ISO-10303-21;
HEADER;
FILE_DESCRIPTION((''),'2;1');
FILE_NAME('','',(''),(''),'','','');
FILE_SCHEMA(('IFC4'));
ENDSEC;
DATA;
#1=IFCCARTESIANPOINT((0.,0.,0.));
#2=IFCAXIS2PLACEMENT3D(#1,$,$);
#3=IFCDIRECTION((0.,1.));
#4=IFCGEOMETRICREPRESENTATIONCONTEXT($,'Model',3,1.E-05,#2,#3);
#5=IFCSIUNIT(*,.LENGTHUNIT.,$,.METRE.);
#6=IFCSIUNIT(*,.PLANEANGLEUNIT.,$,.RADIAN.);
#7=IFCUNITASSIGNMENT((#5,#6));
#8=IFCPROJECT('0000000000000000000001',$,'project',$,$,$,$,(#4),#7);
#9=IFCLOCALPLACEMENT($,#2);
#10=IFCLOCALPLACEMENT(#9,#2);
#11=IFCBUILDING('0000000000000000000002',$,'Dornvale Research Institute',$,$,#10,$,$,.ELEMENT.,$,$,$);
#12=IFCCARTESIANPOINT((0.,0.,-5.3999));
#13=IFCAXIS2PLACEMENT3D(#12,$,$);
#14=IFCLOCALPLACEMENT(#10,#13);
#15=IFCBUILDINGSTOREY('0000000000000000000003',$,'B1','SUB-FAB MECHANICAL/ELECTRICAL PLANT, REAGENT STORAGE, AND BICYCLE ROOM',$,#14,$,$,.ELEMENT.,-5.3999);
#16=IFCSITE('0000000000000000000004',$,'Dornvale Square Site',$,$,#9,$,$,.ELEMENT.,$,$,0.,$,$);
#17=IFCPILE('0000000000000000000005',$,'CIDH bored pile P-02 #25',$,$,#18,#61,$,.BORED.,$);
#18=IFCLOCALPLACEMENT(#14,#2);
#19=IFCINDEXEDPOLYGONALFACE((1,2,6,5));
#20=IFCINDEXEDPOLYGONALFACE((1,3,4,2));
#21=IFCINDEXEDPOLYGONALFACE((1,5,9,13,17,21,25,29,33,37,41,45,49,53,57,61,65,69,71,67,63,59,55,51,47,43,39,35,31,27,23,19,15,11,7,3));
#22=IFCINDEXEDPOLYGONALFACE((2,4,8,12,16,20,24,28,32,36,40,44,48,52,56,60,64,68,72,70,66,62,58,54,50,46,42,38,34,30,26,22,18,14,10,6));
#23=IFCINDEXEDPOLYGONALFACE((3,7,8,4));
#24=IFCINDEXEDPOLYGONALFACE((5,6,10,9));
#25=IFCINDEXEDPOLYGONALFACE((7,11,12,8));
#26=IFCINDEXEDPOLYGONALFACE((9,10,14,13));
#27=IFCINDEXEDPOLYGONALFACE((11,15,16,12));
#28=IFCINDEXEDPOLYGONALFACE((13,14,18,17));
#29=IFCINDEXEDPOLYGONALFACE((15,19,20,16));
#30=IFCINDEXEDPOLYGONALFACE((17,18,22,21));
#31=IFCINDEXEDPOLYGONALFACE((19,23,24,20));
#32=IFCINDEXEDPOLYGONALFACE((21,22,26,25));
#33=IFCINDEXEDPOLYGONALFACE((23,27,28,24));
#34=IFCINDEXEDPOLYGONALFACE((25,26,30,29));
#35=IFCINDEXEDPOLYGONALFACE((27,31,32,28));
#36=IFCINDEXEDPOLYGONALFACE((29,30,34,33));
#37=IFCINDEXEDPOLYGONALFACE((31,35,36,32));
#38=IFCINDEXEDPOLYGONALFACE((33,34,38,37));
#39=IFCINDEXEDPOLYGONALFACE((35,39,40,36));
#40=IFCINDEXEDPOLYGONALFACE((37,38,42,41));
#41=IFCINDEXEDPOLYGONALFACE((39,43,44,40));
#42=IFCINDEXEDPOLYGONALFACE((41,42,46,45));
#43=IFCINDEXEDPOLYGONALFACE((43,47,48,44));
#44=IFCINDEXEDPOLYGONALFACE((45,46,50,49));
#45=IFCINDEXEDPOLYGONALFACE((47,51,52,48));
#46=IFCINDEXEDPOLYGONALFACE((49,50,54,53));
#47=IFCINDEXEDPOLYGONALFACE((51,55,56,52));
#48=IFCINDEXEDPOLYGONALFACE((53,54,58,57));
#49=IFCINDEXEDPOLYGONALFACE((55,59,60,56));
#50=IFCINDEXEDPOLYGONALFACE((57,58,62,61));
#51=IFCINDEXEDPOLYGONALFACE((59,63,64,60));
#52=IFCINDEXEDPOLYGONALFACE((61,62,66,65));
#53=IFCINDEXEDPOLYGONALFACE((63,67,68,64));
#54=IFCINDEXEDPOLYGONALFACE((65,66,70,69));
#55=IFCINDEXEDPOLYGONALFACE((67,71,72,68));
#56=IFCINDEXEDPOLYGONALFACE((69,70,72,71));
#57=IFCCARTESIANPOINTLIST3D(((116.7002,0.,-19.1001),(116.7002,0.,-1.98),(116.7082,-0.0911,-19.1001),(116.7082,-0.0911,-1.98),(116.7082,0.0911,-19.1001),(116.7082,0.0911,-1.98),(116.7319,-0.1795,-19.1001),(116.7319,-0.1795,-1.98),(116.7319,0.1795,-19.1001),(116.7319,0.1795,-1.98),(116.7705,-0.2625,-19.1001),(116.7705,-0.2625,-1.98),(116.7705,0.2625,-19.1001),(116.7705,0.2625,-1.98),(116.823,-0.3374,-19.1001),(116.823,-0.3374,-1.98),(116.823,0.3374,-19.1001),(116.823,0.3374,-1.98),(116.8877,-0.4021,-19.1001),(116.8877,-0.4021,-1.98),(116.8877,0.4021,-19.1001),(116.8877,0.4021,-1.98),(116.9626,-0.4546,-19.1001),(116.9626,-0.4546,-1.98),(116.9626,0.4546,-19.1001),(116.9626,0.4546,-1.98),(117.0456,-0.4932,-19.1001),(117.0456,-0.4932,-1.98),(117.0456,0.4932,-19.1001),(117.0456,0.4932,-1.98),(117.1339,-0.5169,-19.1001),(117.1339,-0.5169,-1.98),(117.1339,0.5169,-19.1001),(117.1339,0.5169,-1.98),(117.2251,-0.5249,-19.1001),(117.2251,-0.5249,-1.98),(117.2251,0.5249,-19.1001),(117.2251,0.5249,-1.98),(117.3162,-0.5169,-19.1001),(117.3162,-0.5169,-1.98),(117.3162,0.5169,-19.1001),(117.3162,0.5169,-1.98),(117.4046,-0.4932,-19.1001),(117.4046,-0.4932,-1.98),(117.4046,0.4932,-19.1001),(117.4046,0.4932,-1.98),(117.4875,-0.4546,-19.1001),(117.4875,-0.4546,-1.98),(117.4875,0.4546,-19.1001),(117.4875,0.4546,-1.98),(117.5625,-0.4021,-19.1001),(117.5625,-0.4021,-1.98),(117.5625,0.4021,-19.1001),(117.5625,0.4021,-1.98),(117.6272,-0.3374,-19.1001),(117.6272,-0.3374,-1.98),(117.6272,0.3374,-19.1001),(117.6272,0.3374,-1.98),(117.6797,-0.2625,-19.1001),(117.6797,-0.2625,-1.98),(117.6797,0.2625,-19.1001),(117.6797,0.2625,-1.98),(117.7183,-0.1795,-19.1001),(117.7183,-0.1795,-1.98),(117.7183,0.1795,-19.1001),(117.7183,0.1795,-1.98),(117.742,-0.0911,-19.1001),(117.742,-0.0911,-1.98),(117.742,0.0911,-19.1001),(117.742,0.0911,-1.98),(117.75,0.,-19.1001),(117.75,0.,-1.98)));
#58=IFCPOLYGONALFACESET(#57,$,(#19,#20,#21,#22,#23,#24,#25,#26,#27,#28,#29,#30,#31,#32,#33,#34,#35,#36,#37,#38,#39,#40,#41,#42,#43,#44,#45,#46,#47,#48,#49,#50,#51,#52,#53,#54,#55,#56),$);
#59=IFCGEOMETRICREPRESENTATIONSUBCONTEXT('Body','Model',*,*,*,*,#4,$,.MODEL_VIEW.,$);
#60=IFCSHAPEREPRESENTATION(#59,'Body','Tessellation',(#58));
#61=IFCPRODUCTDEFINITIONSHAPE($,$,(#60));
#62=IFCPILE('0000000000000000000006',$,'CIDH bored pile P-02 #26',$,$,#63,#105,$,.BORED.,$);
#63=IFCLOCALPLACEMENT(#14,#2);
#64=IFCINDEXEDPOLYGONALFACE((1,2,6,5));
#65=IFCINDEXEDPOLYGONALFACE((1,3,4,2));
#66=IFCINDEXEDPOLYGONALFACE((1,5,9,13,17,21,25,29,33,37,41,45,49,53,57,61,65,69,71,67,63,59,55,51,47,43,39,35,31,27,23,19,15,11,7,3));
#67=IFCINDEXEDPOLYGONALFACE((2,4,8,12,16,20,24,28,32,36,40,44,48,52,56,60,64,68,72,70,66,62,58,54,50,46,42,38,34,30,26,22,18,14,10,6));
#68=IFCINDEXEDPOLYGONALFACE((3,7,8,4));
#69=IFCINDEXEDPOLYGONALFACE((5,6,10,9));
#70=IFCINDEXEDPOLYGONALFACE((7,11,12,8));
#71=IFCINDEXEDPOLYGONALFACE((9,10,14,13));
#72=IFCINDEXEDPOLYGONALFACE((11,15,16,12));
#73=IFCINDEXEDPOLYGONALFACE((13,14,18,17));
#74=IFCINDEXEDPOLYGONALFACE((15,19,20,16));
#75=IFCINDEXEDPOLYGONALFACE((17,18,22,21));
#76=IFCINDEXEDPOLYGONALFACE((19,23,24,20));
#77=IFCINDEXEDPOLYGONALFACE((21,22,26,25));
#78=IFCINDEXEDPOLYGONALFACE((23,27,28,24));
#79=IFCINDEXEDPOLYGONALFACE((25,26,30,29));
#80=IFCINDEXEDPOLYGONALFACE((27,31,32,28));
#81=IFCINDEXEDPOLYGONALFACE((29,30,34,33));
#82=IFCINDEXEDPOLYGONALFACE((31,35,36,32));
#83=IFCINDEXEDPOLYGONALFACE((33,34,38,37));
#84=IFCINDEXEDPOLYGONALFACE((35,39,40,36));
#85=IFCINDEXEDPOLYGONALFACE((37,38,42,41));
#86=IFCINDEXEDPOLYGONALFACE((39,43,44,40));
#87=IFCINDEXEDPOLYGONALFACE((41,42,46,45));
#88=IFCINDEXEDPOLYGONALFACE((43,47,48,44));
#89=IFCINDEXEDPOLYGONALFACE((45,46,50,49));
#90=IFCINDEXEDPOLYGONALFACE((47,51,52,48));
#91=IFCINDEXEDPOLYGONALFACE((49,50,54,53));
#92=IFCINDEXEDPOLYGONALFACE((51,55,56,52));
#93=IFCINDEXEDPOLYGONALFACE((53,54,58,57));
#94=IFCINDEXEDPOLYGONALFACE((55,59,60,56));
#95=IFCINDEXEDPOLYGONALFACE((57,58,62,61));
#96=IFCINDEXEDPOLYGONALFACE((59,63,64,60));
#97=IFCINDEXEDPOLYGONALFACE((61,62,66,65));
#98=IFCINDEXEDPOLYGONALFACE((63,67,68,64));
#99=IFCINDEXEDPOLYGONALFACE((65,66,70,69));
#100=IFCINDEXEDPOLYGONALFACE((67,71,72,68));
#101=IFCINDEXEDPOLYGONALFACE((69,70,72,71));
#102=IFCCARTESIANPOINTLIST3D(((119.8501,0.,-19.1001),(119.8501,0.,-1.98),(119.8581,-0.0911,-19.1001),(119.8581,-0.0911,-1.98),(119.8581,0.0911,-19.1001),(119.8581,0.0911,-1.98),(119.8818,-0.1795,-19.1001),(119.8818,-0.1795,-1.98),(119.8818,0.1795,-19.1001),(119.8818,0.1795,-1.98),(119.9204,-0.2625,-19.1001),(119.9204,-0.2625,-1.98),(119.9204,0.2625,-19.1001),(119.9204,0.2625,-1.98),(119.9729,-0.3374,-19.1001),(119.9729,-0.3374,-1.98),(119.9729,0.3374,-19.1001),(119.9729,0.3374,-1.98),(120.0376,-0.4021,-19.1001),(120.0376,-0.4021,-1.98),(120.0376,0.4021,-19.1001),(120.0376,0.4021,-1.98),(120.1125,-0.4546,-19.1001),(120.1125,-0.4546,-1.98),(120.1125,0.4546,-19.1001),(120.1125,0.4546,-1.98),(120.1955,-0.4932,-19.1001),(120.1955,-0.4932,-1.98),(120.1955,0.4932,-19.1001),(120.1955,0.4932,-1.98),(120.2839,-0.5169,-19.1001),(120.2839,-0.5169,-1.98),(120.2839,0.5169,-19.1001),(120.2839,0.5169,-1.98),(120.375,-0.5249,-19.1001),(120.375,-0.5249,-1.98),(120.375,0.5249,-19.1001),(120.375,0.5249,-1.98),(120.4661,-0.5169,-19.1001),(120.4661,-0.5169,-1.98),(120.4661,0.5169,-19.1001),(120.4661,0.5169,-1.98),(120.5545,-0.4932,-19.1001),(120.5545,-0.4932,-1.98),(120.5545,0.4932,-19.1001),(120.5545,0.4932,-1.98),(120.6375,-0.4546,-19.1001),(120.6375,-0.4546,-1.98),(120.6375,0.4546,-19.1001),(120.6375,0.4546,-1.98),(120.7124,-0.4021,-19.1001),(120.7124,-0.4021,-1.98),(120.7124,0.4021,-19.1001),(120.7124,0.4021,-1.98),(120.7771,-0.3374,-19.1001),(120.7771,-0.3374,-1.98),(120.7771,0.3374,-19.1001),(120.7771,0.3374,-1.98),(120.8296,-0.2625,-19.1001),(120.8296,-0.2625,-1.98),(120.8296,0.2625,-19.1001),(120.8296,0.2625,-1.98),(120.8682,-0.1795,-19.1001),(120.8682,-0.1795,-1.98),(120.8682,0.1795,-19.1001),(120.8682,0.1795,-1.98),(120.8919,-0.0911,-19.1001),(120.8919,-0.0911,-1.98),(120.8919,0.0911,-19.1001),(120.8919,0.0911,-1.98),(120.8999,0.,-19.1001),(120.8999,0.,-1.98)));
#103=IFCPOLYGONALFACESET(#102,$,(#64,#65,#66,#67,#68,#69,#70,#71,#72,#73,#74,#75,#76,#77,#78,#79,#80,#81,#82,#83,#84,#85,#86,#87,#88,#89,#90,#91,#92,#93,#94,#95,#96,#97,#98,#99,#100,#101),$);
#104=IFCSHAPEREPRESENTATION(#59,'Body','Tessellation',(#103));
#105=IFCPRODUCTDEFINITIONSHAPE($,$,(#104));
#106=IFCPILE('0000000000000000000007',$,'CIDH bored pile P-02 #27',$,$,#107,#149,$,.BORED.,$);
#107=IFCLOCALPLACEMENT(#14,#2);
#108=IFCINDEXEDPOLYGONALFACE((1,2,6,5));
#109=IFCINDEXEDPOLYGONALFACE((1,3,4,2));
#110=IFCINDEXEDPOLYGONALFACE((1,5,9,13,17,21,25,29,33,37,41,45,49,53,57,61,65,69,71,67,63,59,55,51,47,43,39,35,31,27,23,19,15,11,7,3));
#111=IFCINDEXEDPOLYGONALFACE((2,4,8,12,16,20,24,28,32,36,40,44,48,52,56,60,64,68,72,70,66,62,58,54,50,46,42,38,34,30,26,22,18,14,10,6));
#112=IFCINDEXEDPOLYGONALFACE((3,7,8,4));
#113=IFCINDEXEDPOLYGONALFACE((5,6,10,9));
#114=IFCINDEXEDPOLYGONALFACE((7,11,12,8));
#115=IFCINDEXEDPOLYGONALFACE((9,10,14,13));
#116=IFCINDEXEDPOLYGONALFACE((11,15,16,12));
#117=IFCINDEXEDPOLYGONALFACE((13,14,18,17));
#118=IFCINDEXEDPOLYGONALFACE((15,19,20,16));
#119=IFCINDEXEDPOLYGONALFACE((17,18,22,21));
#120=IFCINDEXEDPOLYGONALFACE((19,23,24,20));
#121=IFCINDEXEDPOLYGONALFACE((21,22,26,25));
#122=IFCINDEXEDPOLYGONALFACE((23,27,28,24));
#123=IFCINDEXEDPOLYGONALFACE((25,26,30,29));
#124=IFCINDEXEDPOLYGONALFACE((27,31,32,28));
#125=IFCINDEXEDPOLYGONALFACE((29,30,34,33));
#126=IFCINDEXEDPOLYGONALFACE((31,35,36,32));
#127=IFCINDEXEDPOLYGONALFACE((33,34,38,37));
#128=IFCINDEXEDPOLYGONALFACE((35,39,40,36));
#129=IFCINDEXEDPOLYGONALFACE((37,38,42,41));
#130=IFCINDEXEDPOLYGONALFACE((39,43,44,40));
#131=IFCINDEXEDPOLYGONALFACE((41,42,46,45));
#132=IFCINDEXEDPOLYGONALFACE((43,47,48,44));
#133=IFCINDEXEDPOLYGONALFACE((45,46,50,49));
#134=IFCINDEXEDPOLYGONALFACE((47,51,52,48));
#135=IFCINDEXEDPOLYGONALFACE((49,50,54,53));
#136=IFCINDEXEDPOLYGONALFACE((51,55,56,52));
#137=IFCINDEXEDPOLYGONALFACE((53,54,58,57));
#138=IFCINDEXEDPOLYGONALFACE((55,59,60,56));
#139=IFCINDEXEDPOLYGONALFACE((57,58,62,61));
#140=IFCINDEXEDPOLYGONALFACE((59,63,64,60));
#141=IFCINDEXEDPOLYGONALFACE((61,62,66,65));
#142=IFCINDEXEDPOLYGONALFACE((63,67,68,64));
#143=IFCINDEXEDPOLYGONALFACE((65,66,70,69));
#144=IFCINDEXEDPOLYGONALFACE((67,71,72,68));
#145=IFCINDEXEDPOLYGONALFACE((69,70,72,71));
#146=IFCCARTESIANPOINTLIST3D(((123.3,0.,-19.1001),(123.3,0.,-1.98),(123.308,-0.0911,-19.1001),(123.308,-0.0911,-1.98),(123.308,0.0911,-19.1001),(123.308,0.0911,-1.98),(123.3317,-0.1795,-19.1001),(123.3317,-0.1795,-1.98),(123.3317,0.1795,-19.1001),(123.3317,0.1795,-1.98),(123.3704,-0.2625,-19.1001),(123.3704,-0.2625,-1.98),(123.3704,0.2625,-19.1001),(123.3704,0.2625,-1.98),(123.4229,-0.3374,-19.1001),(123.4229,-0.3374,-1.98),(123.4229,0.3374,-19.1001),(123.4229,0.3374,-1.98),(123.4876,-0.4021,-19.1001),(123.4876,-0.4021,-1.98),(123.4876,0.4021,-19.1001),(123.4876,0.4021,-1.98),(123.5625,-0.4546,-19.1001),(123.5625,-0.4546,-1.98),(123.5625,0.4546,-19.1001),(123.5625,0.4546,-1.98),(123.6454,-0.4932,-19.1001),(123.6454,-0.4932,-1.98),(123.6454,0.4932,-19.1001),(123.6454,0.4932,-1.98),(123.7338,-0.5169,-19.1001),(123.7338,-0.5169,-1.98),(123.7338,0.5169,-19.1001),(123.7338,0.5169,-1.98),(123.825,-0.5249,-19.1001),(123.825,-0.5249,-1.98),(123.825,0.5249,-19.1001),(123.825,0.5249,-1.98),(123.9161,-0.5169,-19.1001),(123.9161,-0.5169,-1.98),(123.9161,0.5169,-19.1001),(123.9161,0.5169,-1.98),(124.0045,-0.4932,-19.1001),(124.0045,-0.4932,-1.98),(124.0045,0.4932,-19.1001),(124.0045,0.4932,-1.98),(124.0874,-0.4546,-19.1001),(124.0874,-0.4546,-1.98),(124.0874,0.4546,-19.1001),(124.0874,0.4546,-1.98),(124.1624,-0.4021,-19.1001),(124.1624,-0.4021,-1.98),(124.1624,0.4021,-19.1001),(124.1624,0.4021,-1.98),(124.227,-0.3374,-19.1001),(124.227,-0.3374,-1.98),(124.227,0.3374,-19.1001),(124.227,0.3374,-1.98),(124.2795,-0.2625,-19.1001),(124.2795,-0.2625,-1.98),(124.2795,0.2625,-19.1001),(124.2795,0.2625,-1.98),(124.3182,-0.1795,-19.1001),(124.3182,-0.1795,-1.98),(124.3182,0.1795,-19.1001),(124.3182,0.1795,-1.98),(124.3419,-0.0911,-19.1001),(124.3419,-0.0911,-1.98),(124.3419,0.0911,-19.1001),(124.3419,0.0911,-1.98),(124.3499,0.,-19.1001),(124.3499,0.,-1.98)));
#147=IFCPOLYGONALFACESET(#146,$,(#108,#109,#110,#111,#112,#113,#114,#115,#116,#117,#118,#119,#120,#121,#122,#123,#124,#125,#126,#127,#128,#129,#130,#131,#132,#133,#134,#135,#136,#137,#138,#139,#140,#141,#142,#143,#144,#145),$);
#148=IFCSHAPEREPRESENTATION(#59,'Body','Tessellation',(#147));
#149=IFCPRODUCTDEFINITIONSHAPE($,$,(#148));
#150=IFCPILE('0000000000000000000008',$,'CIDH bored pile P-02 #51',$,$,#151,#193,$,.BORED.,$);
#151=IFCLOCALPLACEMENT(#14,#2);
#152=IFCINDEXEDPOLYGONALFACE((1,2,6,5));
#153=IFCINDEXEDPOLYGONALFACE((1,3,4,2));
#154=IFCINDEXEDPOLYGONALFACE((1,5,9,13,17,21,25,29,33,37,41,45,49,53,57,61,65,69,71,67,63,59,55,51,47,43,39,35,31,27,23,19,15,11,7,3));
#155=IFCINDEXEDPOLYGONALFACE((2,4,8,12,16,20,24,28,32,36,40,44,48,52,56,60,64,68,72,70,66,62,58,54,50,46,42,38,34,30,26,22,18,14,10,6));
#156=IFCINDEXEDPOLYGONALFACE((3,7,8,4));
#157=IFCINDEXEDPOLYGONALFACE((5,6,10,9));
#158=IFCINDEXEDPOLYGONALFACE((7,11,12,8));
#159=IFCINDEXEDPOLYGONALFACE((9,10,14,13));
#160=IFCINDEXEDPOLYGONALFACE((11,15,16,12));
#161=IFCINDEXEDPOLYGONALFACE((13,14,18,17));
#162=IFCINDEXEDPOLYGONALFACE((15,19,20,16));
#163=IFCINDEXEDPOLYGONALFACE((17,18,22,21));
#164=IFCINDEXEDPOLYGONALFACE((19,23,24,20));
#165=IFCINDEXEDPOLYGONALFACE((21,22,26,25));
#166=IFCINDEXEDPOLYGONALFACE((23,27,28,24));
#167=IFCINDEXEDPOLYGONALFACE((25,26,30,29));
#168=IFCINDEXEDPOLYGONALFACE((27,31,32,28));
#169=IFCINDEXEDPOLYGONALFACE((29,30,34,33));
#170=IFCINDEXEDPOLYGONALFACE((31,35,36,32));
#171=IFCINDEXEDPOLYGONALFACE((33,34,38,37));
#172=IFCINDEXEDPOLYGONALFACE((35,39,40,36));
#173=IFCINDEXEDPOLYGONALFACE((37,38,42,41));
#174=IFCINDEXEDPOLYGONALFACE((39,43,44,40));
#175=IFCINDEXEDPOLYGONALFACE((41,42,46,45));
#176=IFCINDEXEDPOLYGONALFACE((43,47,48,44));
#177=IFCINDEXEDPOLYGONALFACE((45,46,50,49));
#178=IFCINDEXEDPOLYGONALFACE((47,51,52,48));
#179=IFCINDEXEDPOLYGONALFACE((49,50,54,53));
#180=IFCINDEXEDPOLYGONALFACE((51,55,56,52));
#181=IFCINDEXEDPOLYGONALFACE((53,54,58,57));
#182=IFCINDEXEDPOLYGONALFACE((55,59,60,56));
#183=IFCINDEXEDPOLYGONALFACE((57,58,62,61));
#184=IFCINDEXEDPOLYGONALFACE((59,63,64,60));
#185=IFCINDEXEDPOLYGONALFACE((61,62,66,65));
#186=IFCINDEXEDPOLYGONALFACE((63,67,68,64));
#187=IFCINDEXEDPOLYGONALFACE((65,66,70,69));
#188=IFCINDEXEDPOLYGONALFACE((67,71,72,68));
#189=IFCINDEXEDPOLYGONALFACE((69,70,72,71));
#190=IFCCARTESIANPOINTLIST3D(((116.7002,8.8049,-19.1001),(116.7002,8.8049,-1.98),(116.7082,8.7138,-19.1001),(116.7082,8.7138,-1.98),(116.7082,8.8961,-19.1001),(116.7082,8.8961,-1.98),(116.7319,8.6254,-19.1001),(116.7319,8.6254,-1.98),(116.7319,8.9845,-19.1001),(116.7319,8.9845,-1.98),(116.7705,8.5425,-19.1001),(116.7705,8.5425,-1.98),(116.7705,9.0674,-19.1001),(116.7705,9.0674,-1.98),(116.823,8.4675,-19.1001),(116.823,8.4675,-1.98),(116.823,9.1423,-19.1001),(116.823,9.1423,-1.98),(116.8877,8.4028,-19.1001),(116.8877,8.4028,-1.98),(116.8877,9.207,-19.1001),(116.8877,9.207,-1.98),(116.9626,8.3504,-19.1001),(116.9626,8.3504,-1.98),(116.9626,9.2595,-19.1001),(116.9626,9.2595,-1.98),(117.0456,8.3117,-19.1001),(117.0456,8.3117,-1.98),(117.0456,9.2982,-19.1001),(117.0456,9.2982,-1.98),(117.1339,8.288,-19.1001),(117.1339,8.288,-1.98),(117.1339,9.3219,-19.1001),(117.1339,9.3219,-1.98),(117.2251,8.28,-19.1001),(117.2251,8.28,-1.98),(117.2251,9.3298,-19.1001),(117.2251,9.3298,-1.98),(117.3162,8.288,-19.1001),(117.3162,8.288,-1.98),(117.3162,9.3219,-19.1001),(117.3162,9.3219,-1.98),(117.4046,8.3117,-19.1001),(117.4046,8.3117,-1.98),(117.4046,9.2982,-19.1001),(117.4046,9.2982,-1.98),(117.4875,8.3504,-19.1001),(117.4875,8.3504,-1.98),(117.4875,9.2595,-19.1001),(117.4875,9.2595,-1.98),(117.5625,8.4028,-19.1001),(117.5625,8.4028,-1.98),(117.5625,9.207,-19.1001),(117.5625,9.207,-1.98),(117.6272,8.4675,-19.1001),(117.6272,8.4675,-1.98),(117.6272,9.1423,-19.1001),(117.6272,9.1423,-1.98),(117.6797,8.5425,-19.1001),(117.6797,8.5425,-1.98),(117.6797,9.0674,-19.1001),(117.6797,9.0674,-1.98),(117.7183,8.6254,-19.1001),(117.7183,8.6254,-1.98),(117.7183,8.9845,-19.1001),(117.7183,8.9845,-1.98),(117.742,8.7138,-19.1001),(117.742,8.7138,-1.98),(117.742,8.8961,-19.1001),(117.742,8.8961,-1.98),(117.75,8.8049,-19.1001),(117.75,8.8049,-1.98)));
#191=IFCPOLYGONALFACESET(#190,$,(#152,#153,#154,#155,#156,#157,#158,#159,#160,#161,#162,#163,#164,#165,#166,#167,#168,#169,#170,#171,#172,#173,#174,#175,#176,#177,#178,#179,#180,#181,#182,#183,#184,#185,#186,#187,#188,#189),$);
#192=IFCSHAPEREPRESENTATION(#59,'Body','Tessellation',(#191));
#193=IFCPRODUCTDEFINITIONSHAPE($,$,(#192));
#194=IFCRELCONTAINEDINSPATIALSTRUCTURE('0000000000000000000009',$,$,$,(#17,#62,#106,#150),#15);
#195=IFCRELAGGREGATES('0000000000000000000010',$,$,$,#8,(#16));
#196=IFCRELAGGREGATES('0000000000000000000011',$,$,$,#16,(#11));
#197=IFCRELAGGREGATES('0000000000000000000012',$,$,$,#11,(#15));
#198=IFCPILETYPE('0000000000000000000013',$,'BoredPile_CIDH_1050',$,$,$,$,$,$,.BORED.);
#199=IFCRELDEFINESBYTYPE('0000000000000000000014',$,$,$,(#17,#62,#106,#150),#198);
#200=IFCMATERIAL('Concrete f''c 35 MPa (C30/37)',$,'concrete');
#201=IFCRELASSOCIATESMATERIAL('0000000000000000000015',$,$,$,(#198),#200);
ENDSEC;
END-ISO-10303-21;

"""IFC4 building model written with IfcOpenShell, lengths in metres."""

from ifc_helpers import new_model, si_unit, direction, frame, origin, origin_2d, place, context, subcontext, project, spatial, circle, extrude, material, material_profile, profile_set, type_object, element, save


model = new_model("IFC4")

# Units and contexts
model_context = context("Model", 3, precision=1e-05, world=origin(), true_north=direction((0.0, 1.0)))
body_context = subcontext(model_context, "Body", "Model", "MODEL_VIEW")
ifc_project = project(units=[si_unit("LENGTHUNIT", "METRE"), si_unit("PLANEANGLEUNIT", "RADIAN")], contexts=[model_context])

# Site, building, storey
site_placement = place(None, origin())
site = spatial("IfcSite", under=ifc_project, at=site_placement, Name="Dornvale Square Site", CompositionType="ELEMENT", RefElevation=0.0)
building_placement = place(site_placement, origin())
building = spatial("IfcBuilding", under=site, at=building_placement, Name="Dornvale Research Institute", CompositionType="ELEMENT")
storey_placement = place(building_placement, frame((0.0, 0.0, -5.3999)))
storey = spatial("IfcBuildingStorey", under=building, at=storey_placement, Name="B1", Description="SUB-FAB MECHANICAL/ELECTRICAL PLANT, REAGENT STORAGE, AND BICYCLE ROOM", CompositionType="ELEMENT", Elevation=-5.3999)

# Piles
ifc_material_1 = material(Name="Concrete f'c 35 MPa (C30/37)", Category="concrete")
ifc_material_profile_1 = material_profile(ifc_material_1, circle(Radius=0.5249, at=origin_2d()), Name="CIDH PILE D1050")
ifc_profile_set_1 = profile_set([ifc_material_profile_1], Name="Concrete f'c 35 MPa (C30/37)")
pile_type = type_object("IfcPileType", Name="BoredPile_CIDH_1050", PredefinedType="BORED", material=ifc_profile_set_1)
for number, where, z_axis, x_axis, name in (
    (1, (117.2251, 0.0, -1.98), (0.0, 0.0, -1.0), (1.0, 0.0, 0.0), "CIDH bored pile P-02 #25"),
    (2, (120.375, 0.0, -1.98), (0.0, 0.0, -1.0), (1.0, 0.0, 0.0), "CIDH bored pile P-02 #26"),
    (3, (123.825, 0.0, -1.98), (0.0, 0.0, -1.0), (1.0, 0.0, 0.0), "CIDH bored pile P-02 #27"),
    (4, (117.2251, 8.8049, -1.98), (0.0, 0.0, -1.0), (1.0, 0.0, 0.0), "CIDH bored pile P-02 #51"),
):
    element("IfcPile", number, at=place(storey_placement, frame(where, z_axis=z_axis, x_axis=x_axis)), inside=storey, type_object=pile_type, Name=name, PredefinedType="BORED", context=body_context, shape_type="SweptSolid", body=[
        extrude(circle(Radius=0.5249, at=origin_2d()), origin(), (0.0, 0.0, 1.0), 17.1201),
    ])

save(model, "model.ifc")
